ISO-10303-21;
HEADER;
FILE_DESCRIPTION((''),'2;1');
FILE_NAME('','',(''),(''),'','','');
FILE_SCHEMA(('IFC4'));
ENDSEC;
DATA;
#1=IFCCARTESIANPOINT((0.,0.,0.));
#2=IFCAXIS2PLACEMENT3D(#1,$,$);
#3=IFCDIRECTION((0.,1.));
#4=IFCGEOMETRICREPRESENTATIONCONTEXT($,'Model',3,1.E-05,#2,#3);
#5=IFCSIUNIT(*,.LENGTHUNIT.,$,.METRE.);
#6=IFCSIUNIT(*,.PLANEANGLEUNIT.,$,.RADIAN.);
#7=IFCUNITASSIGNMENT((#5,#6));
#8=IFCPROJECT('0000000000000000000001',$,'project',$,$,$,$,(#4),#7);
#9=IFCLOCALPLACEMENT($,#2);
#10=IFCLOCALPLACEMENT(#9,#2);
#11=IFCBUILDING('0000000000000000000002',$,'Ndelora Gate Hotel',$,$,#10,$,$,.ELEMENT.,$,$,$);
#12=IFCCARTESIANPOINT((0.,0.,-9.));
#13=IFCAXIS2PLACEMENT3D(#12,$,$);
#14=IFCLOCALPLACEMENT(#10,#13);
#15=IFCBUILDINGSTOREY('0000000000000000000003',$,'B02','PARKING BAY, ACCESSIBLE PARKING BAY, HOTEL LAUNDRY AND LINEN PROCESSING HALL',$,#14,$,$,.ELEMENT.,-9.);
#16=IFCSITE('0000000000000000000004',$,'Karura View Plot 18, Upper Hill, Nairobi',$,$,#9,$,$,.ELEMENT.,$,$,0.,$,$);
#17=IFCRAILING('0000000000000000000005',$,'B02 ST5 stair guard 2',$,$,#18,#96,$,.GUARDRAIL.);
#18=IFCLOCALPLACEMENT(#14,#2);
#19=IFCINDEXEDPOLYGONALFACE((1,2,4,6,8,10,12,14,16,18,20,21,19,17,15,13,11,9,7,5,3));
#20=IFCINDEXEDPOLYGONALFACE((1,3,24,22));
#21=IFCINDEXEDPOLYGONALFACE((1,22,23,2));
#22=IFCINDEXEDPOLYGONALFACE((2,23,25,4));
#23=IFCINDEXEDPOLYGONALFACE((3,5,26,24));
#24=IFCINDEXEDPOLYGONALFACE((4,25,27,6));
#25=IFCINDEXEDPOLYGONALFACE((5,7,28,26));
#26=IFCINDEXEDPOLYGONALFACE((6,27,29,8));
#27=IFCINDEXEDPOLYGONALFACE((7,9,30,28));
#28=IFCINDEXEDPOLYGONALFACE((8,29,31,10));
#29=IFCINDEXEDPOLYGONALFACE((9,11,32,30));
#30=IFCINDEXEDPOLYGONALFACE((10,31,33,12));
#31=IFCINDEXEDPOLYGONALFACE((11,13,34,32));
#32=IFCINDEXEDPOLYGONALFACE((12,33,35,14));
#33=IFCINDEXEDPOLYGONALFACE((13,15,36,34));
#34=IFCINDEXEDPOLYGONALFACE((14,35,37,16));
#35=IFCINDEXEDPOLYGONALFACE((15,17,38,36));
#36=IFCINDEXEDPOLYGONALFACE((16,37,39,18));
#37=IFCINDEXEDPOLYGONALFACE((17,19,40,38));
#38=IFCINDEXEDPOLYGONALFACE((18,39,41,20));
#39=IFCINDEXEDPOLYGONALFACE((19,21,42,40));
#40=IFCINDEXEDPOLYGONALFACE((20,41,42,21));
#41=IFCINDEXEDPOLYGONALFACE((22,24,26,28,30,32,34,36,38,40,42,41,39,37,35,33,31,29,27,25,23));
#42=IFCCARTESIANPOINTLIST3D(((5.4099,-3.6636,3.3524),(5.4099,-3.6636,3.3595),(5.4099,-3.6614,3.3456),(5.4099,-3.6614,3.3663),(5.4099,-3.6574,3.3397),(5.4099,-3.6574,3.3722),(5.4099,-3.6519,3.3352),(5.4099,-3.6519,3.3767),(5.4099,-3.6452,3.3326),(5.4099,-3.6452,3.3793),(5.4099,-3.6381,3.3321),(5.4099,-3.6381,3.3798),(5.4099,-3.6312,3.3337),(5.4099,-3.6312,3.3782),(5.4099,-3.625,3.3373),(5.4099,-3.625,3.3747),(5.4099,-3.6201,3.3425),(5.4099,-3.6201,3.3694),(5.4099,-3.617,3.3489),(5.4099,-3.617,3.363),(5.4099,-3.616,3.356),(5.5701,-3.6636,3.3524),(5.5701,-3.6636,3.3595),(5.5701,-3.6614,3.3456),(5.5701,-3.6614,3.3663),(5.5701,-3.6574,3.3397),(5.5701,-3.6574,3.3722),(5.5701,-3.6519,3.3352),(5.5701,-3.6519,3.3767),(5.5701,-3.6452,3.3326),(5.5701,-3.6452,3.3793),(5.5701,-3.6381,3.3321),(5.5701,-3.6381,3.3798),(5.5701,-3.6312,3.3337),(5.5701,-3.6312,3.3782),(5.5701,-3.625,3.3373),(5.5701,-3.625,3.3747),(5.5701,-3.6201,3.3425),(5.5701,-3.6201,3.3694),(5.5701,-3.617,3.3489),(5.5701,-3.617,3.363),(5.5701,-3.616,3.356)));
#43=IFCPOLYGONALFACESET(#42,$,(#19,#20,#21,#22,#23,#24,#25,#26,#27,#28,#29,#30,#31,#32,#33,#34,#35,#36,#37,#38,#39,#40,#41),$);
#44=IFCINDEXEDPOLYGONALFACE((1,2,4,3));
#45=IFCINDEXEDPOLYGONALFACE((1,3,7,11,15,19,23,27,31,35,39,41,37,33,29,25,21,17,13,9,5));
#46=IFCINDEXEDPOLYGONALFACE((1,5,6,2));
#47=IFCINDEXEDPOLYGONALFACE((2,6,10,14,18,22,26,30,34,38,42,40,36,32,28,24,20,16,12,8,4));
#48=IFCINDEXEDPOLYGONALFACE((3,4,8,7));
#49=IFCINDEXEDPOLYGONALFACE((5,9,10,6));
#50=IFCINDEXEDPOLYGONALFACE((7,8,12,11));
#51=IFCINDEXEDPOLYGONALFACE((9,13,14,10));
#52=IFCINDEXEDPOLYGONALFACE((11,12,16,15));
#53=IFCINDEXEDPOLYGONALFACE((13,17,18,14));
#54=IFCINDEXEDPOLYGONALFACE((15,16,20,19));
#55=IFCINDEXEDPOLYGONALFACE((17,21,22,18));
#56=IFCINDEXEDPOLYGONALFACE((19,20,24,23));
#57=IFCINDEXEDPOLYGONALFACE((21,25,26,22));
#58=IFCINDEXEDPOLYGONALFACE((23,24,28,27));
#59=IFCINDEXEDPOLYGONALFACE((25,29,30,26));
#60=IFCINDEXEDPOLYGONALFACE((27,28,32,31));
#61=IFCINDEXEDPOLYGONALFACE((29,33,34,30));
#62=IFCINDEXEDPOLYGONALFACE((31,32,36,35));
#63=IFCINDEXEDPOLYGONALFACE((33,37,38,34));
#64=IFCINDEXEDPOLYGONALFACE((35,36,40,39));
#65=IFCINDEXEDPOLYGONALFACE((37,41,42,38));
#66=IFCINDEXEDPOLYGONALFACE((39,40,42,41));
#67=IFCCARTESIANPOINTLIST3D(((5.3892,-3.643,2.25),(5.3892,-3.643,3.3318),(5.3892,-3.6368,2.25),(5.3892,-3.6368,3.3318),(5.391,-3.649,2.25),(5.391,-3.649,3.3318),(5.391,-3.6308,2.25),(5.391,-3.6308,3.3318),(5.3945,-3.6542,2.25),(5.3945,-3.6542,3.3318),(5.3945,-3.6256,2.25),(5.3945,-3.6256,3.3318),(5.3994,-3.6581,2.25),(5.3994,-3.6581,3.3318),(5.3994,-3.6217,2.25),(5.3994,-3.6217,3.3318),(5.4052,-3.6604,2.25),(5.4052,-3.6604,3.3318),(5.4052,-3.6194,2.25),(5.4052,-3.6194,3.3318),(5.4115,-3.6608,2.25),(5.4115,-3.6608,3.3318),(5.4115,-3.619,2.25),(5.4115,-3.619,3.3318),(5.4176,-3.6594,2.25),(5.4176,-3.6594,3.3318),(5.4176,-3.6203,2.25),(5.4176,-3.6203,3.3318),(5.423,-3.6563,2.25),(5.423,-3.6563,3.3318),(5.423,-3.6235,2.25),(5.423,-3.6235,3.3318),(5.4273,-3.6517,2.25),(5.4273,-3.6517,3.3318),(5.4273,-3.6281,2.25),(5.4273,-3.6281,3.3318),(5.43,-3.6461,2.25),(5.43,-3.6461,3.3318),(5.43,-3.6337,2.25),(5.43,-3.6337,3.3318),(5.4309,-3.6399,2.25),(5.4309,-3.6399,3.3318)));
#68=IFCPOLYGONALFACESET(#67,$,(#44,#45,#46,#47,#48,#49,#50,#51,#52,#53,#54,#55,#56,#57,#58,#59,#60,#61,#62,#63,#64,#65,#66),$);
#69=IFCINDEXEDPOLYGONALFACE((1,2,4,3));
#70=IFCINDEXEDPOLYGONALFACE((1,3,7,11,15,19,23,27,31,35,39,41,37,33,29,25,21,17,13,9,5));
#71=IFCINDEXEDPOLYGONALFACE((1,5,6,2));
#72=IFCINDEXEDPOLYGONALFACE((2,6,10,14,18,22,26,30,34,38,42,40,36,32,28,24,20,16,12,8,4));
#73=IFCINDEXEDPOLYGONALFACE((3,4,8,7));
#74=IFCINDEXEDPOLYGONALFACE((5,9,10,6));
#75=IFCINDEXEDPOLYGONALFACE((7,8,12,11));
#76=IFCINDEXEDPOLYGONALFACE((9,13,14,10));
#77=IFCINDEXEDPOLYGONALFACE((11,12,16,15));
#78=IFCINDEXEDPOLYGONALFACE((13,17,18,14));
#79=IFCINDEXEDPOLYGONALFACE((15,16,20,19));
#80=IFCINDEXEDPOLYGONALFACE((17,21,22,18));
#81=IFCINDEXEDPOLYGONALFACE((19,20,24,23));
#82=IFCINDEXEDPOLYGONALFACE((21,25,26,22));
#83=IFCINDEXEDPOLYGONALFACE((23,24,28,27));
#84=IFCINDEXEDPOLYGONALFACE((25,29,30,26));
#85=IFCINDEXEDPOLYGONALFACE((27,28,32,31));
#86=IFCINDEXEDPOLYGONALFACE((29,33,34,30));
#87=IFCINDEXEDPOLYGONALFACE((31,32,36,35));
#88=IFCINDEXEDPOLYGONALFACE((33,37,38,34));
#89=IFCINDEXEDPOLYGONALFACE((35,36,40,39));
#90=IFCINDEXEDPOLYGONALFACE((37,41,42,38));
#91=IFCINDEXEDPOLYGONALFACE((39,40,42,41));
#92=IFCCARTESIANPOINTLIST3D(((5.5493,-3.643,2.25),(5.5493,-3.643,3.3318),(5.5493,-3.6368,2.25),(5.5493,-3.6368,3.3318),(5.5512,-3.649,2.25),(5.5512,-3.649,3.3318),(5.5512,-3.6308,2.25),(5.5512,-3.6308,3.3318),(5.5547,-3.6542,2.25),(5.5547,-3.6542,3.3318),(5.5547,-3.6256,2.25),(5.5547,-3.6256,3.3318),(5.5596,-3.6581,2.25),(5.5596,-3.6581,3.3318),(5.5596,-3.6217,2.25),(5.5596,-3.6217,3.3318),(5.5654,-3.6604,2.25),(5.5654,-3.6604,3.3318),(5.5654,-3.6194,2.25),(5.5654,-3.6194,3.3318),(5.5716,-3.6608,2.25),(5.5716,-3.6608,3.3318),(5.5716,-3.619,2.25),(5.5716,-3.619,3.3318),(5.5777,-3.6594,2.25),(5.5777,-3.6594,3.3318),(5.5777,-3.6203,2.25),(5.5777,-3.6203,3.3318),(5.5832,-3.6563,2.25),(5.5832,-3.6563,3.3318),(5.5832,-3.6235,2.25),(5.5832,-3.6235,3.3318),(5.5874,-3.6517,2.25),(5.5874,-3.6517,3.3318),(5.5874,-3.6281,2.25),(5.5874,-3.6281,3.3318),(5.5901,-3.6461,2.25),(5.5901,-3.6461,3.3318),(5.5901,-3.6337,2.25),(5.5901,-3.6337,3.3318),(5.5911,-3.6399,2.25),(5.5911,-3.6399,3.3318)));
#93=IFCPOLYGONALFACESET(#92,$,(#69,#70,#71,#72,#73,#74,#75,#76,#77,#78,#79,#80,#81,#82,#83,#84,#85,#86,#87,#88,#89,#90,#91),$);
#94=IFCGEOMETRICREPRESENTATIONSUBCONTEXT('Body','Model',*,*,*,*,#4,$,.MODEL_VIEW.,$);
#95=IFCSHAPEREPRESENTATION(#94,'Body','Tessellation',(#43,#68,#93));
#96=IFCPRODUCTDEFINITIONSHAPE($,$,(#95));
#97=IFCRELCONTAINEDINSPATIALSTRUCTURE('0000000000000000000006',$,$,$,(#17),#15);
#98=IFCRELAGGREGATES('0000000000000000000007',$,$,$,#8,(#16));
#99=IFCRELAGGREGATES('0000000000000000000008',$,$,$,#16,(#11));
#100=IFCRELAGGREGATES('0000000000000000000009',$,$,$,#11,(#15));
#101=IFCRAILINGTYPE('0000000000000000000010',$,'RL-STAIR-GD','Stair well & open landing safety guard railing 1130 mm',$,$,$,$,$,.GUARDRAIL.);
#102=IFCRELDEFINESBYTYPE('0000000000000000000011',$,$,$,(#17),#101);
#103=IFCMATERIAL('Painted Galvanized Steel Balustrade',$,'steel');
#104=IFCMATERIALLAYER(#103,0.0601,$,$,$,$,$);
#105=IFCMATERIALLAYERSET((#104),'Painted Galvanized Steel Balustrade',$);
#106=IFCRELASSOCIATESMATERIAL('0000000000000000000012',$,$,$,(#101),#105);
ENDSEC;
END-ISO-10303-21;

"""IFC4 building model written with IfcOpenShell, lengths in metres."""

from ifc_helpers import new_model, si_unit, direction, frame, origin, origin_2d, place, context, subcontext, project, spatial, circle, extrude, material, layer, layer_set, type_object, element, save


model = new_model("IFC4")

# Units and contexts
model_context = context("Model", 3, precision=1e-05, world=origin(), true_north=direction((0.0, 1.0)))
body_context = subcontext(model_context, "Body", "Model", "MODEL_VIEW")
ifc_project = project(units=[si_unit("LENGTHUNIT", "METRE"), si_unit("PLANEANGLEUNIT", "RADIAN")], contexts=[model_context])

# Site, building, storey
site_placement = place(None, origin())
site = spatial("IfcSite", under=ifc_project, at=site_placement, Name="Karura View Plot 18, Upper Hill, Nairobi", CompositionType="ELEMENT", RefElevation=0.0)
building_placement = place(site_placement, origin())
building = spatial("IfcBuilding", under=site, at=building_placement, Name="Ndelora Gate Hotel", CompositionType="ELEMENT")
storey_placement = place(building_placement, frame((0.0, 0.0, -9.0)))
storey = spatial("IfcBuildingStorey", under=building, at=storey_placement, Name="B02", Description="PARKING BAY, ACCESSIBLE PARKING BAY, HOTEL LAUNDRY AND LINEN PROCESSING HALL", CompositionType="ELEMENT", Elevation=-9.0)

# Railing
ifc_material_1 = material(Name="Painted Galvanized Steel Balustrade", Category="steel")
ifc_layer_1 = layer(ifc_material_1, 0.0601)
ifc_layer_set_1 = layer_set([ifc_layer_1], Name="Painted Galvanized Steel Balustrade")
railing_type_1 = type_object("IfcRailingType", Name="RL-STAIR-GD", Description="Stair well & open landing safety guard railing 1130 mm", PredefinedType="GUARDRAIL", material=ifc_layer_set_1)
railing_1_placement = place(storey_placement, frame((5.4099, -3.6399, 2.25)))
element("IfcRailing", 1, at=railing_1_placement, inside=storey, type_object=railing_type_1, Name="B02 ST5 stair guard 2", PredefinedType="GUARDRAIL", context=body_context, shape_type="SweptSolid", body=[
    extrude(circle(Radius=0.0239, at=origin_2d()), frame((0.0, 0.0, 1.106), z_axis=(1.0, 0.0, 0.0), x_axis=(0.0, 1.0, 0.0)), (0.0, 0.0, 1.0), 0.1602),
    extrude(circle(Radius=0.021, at=origin_2d()), origin(), (0.0, 0.0, 1.0), 1.0818),
    extrude(circle(Radius=0.021, at=origin_2d()), frame((0.1602, 0.0, 0.0)), (0.0, 0.0, 1.0), 1.0818),
])

save(model, "model.ifc")
